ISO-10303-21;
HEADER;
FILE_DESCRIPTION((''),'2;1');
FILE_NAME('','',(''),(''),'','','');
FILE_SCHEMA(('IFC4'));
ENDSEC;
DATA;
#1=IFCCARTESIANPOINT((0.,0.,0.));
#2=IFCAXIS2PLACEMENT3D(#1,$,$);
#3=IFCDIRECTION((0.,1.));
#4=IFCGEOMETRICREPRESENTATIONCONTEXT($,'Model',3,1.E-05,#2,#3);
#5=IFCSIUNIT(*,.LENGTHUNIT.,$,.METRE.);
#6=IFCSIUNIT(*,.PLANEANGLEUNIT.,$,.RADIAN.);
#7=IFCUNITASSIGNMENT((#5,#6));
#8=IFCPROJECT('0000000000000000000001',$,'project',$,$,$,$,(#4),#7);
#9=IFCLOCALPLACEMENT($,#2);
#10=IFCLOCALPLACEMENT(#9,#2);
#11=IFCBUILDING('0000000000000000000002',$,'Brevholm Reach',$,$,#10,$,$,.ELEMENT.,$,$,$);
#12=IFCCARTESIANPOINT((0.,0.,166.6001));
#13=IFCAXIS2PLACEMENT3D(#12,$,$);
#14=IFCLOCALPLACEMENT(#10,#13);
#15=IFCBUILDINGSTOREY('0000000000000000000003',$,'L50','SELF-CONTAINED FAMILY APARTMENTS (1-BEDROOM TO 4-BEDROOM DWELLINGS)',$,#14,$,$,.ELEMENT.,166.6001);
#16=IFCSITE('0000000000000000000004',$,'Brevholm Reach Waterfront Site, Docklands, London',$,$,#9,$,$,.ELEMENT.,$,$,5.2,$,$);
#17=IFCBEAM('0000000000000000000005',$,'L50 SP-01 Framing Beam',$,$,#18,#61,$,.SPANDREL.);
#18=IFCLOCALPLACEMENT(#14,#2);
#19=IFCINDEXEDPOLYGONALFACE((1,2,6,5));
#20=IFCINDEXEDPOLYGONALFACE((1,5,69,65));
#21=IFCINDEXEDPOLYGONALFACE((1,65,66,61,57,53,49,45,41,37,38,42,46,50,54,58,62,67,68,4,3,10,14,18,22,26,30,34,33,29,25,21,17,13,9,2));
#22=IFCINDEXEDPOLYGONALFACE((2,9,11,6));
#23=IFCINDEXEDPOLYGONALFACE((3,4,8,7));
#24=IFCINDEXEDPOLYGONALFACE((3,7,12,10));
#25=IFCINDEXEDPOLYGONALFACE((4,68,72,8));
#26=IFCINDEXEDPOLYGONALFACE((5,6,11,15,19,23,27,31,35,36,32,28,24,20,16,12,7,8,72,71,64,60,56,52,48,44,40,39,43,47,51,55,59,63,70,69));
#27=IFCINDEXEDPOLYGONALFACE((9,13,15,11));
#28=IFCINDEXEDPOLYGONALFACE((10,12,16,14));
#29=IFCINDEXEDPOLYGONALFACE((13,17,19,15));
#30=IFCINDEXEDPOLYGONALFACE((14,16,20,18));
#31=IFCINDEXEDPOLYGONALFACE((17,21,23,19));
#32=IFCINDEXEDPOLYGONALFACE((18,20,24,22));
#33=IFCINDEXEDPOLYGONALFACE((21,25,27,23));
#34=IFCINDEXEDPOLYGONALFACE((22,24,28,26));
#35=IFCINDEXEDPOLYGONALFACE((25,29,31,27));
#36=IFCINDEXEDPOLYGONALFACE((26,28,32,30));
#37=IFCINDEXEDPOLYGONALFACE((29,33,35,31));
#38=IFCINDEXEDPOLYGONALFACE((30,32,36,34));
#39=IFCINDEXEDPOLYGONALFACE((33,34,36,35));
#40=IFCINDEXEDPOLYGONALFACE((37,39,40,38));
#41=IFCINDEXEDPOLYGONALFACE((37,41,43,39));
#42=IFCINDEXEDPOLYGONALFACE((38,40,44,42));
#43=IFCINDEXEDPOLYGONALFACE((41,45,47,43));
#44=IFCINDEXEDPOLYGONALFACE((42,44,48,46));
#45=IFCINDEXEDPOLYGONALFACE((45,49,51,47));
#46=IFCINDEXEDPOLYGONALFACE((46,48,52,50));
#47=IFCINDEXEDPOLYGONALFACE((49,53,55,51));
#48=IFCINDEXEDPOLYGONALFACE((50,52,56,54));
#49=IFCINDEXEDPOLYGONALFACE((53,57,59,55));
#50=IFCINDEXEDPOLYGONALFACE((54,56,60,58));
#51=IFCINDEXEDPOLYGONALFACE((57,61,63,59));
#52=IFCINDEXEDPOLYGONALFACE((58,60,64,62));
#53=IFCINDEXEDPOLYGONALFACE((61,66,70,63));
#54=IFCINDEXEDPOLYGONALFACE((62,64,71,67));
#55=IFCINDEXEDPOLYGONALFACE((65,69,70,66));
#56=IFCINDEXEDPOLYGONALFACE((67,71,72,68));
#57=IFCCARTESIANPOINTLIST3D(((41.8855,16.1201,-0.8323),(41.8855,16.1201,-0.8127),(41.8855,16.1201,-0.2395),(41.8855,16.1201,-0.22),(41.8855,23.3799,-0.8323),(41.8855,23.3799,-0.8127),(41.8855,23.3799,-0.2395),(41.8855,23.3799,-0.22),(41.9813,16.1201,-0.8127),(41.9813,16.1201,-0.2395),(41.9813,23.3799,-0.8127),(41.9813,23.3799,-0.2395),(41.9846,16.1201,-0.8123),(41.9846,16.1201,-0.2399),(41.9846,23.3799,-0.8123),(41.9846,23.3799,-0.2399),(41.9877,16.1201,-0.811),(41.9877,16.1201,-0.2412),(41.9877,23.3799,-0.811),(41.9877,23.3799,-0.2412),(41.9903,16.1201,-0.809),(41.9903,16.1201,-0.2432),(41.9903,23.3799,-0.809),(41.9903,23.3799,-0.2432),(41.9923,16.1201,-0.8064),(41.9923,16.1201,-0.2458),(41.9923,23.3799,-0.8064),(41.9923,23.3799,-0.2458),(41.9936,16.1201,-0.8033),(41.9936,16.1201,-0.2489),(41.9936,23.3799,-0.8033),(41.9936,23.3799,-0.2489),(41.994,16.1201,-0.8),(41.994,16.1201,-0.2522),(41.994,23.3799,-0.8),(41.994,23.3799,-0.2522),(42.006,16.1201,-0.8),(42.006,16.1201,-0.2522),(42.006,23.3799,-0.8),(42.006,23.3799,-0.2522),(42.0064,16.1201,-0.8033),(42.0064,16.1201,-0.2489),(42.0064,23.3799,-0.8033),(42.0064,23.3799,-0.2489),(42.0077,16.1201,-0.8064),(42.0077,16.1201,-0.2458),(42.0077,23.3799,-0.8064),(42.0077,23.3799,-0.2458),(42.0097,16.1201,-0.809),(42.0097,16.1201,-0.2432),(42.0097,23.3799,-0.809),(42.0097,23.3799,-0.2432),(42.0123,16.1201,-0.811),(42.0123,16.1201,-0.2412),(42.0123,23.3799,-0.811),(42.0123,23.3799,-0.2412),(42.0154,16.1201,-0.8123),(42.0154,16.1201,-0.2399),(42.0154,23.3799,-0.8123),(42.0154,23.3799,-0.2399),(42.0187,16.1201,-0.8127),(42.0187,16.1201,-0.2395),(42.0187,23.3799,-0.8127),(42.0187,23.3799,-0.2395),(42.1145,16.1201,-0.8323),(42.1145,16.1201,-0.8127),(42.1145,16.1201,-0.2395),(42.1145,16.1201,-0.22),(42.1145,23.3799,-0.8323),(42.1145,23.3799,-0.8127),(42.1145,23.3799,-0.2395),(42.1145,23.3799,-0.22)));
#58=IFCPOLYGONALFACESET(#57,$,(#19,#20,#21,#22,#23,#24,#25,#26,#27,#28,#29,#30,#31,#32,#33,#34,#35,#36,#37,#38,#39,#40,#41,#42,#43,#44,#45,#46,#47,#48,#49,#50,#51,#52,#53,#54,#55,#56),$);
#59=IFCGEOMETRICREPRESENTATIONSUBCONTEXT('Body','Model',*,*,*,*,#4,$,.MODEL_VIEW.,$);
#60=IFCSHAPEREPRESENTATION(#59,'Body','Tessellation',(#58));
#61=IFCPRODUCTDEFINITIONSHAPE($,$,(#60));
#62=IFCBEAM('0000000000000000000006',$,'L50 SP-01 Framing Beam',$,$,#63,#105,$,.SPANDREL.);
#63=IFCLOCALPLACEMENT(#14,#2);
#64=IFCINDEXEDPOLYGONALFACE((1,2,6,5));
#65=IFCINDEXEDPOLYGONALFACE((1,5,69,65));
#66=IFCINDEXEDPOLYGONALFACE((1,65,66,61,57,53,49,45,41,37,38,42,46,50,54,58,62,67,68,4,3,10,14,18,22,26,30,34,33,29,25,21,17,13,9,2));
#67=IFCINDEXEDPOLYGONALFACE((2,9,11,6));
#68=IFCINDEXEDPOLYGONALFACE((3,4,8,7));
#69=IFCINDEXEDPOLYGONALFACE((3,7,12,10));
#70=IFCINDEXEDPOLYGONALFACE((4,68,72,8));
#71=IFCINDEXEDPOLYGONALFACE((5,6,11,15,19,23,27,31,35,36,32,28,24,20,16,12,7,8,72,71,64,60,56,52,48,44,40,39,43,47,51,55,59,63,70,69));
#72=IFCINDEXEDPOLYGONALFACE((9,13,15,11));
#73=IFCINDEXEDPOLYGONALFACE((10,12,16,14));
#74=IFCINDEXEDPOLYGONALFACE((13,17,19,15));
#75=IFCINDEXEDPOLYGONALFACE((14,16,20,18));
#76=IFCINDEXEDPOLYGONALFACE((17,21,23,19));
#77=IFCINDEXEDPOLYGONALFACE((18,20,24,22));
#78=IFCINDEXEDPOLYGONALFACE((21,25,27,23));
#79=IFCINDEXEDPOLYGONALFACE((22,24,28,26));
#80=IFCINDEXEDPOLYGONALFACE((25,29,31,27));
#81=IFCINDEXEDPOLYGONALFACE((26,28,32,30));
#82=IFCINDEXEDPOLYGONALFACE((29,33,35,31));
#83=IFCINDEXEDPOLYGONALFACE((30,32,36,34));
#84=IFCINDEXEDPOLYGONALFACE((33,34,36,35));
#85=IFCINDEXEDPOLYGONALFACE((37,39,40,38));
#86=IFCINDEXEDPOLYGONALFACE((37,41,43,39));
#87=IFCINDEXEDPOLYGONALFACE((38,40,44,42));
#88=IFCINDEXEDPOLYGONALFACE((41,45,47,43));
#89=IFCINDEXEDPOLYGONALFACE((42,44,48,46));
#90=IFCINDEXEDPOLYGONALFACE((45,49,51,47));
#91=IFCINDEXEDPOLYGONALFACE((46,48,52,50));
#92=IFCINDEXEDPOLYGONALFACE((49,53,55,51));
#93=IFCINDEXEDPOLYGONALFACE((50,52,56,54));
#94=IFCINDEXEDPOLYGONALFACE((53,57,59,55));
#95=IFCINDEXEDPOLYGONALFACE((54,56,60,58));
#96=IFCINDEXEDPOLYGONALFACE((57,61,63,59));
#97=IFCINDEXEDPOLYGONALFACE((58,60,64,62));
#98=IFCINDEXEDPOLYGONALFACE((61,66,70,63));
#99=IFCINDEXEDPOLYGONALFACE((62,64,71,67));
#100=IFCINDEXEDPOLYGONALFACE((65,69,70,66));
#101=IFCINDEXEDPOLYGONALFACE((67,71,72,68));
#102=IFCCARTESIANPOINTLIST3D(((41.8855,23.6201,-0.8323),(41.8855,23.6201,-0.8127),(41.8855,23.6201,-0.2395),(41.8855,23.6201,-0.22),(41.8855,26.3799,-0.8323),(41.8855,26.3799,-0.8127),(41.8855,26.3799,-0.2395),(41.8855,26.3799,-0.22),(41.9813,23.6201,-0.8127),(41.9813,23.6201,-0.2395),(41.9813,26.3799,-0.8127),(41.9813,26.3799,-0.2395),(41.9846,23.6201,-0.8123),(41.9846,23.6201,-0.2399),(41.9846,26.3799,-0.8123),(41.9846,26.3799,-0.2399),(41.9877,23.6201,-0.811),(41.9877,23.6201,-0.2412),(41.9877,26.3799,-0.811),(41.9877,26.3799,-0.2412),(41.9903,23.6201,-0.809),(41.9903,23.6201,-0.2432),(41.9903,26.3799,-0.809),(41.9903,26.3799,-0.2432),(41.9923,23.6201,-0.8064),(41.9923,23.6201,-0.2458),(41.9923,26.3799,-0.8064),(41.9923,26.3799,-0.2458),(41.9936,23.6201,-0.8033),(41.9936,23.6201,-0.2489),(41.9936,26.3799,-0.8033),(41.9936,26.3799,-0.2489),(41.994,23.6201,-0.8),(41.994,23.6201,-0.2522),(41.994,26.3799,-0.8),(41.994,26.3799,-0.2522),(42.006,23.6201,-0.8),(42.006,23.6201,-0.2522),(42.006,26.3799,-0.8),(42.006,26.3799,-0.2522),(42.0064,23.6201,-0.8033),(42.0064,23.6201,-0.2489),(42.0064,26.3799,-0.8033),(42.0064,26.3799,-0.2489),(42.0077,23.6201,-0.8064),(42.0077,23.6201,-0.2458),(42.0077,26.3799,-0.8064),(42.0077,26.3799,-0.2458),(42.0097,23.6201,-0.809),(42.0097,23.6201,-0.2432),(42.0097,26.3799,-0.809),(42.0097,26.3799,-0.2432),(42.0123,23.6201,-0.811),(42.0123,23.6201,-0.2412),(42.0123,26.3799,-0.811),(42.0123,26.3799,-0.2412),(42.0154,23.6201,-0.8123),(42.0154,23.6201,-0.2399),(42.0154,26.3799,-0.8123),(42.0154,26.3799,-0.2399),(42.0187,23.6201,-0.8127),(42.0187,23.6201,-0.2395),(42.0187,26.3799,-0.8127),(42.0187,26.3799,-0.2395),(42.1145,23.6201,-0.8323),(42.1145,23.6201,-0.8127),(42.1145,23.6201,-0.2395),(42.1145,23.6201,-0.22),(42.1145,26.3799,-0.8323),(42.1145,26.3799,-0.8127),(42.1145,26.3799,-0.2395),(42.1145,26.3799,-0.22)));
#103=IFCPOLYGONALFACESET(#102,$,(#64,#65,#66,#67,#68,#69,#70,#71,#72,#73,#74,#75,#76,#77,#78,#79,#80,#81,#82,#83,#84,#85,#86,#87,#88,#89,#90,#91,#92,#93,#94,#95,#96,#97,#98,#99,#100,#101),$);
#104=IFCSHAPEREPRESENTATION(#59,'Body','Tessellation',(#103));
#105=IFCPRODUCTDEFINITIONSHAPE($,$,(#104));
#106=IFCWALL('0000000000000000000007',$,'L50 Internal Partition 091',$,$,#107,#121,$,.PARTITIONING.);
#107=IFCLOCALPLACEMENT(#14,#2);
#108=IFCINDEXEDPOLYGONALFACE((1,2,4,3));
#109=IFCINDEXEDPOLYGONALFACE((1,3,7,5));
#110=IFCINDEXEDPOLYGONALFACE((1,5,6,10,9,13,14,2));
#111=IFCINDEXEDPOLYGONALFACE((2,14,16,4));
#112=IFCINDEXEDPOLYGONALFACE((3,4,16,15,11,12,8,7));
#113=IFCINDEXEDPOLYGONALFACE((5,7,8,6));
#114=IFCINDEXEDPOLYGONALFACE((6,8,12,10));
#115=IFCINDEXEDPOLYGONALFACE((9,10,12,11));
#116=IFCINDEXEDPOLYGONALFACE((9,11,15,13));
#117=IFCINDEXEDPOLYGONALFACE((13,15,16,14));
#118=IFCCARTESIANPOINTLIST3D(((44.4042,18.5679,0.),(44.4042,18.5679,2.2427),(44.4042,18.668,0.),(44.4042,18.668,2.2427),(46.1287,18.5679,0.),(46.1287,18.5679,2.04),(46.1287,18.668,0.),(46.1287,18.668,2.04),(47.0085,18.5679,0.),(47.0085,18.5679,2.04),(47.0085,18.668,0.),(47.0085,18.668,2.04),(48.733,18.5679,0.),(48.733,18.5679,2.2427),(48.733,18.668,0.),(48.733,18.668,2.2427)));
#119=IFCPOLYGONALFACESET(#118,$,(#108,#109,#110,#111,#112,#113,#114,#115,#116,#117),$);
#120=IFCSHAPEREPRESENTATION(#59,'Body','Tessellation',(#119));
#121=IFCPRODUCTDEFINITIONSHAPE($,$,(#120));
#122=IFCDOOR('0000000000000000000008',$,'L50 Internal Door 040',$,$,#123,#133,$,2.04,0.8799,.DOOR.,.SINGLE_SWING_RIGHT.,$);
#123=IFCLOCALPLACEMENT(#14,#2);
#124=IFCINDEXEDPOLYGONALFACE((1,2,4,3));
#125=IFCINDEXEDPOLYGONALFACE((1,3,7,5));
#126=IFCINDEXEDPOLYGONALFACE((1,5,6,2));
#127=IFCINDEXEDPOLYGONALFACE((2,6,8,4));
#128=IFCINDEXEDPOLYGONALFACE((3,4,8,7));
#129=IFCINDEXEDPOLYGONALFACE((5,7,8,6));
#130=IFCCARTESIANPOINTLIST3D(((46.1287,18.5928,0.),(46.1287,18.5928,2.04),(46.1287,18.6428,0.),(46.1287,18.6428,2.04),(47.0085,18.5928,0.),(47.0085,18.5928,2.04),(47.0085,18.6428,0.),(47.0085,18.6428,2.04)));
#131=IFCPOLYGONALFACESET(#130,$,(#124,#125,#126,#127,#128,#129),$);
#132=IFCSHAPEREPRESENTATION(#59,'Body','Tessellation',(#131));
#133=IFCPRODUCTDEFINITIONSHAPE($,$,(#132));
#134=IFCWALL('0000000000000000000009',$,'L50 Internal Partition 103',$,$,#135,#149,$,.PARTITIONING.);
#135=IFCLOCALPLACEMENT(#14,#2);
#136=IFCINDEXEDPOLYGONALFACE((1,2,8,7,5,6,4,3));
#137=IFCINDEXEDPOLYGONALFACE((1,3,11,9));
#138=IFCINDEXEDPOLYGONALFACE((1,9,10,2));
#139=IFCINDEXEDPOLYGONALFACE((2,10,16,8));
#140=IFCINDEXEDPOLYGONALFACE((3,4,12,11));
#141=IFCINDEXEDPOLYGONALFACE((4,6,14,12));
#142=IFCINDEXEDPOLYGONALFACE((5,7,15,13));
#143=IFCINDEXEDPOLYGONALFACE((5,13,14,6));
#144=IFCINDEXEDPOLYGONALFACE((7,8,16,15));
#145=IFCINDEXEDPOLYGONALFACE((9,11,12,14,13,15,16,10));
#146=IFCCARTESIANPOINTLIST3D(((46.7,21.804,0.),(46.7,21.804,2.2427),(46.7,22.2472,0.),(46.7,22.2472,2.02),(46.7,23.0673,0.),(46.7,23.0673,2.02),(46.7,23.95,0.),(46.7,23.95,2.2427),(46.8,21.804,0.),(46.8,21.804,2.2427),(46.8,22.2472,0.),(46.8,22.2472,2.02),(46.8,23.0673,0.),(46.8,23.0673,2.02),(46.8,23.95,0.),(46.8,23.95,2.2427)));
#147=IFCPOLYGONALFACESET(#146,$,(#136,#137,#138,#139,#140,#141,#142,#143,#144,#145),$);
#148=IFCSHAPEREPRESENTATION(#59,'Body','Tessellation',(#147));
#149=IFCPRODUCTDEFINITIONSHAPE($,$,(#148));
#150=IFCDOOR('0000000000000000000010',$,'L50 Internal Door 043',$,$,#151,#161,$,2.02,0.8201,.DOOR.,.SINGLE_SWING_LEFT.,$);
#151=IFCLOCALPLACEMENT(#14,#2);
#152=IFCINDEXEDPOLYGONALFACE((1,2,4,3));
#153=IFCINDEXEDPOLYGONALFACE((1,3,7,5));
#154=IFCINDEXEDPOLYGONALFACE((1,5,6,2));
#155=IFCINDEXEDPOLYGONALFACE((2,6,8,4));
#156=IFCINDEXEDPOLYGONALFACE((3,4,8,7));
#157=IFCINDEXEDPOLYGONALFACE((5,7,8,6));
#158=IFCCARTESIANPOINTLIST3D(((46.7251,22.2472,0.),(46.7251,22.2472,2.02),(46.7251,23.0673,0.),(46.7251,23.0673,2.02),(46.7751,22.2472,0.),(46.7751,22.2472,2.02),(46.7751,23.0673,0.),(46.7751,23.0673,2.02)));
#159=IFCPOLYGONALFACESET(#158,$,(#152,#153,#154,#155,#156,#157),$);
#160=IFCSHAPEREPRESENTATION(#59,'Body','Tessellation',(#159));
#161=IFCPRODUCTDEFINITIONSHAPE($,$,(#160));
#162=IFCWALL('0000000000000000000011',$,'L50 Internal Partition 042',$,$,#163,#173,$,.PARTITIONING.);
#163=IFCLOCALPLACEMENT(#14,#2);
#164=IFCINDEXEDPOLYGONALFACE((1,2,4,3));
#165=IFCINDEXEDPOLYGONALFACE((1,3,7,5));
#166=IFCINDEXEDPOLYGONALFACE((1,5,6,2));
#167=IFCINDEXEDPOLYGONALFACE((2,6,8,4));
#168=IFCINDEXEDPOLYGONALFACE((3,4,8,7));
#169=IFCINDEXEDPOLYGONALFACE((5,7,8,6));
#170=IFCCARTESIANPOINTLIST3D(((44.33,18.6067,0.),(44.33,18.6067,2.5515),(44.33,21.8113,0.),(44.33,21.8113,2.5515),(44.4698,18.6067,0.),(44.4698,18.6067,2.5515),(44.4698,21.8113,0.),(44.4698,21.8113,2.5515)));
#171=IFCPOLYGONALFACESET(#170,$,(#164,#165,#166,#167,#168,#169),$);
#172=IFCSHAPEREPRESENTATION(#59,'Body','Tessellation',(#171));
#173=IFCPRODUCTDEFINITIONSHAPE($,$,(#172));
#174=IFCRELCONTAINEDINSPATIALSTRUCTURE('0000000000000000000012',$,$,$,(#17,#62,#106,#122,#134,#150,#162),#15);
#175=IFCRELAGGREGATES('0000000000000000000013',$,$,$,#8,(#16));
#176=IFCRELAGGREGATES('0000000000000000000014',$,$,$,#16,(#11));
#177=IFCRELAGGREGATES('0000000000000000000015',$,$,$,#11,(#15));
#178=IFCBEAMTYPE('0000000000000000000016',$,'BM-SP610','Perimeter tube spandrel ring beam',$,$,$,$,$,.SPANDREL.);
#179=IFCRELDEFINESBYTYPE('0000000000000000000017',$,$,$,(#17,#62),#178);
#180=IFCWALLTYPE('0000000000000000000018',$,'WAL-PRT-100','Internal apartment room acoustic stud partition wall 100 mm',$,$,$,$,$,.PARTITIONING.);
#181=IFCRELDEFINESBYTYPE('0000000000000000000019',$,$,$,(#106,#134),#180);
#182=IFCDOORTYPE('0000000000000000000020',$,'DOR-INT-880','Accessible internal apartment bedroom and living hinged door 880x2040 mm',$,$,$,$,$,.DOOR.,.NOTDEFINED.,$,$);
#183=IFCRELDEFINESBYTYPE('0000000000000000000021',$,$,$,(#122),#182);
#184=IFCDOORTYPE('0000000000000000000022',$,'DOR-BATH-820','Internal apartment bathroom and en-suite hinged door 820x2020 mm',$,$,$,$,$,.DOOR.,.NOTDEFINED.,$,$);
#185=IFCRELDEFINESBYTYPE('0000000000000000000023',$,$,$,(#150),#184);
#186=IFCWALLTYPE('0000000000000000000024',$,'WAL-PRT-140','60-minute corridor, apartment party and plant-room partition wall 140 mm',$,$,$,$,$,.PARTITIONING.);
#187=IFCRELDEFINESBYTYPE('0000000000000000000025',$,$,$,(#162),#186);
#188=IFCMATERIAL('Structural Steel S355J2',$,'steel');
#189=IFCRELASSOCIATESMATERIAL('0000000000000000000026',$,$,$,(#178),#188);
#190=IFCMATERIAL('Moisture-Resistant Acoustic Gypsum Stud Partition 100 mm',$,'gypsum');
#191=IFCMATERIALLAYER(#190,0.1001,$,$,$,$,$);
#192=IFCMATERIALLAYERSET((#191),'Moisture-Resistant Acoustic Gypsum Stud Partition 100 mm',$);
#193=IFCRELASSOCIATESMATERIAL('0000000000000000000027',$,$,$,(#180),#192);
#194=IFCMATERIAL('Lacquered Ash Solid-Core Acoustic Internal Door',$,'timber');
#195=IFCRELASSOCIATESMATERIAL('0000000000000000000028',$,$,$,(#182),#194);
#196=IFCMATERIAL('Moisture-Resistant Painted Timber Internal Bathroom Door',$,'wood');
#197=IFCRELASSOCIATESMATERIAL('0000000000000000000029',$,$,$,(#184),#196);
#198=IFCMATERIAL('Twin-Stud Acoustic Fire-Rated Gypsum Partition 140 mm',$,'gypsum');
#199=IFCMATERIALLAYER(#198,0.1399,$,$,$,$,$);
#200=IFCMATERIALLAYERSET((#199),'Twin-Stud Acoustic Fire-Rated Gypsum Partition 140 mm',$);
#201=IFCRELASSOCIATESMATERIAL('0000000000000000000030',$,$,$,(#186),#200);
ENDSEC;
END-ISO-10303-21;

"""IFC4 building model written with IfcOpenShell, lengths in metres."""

from ifc_helpers import new_model, si_unit, direction, frame, frame_2d, origin, origin_2d, place, context, subcontext, project, spatial, rectangle, i_section, extrude, material, layer, layer_set, material_profile, profile_set, type_object, element, fill, save


model = new_model("IFC4")

# Units and contexts
model_context = context("Model", 3, precision=1e-05, world=origin(), true_north=direction((0.0, 1.0)))
body_context = subcontext(model_context, "Body", "Model", "MODEL_VIEW")
ifc_project = project(units=[si_unit("LENGTHUNIT", "METRE"), si_unit("PLANEANGLEUNIT", "RADIAN")], contexts=[model_context])

# Site, building, storey
site_placement = place(None, origin())
site = spatial("IfcSite", under=ifc_project, at=site_placement, Name="Brevholm Reach Waterfront Site, Docklands, London", CompositionType="ELEMENT", RefElevation=5.2)
building_placement = place(site_placement, origin())
building = spatial("IfcBuilding", under=site, at=building_placement, Name="Brevholm Reach", CompositionType="ELEMENT")
storey_placement = place(building_placement, frame((0.0, 0.0, 166.6001)))
storey = spatial("IfcBuildingStorey", under=building, at=storey_placement, Name="L50", Description="SELF-CONTAINED FAMILY APARTMENTS (1-BEDROOM TO 4-BEDROOM DWELLINGS)", CompositionType="ELEMENT", Elevation=166.6001)

# Beams
ifc_material_1 = material(Name="Structural Steel S355J2", Category="steel")
ifc_material_profile_1 = material_profile(ifc_material_1, i_section(OverallWidth=0.229, OverallDepth=0.6123, WebThickness=0.012, FlangeThickness=0.0195, FilletRadius=0.0127, at=origin_2d()), Name="UKB 610x229x125")
ifc_profile_set_1 = profile_set([ifc_material_profile_1], Name="Structural Steel S355J2")
beam_type_1 = type_object("IfcBeamType", Name="BM-SP610", Description="Perimeter tube spandrel ring beam", PredefinedType="SPANDREL", material=ifc_profile_set_1)
beam_1_placement = place(storey_placement, frame((42.0, 16.1201, -0.5261), z_axis=(0.0, 1.0, 0.0), x_axis=(-1.0, 0.0, 0.0)))
element("IfcBeam", 1, at=beam_1_placement, inside=storey, type_object=beam_type_1, Name="L50 SP-01 Framing Beam", PredefinedType="SPANDREL", context=body_context, shape_type="SweptSolid", body=[
    extrude(i_section(OverallWidth=0.229, OverallDepth=0.6123, WebThickness=0.012, FlangeThickness=0.0195, FilletRadius=0.0127, at=origin_2d()), origin(), (0.0, 0.0, 1.0), 7.2598),
])
beam_2_placement = place(storey_placement, frame((42.0, 23.6201, -0.5261), z_axis=(0.0, 1.0, 0.0), x_axis=(-1.0, 0.0, 0.0)))
element("IfcBeam", 2, at=beam_2_placement, inside=storey, type_object=beam_type_1, Name="L50 SP-01 Framing Beam", PredefinedType="SPANDREL", context=body_context, shape_type="SweptSolid", body=[
    extrude(i_section(OverallWidth=0.229, OverallDepth=0.6123, WebThickness=0.012, FlangeThickness=0.0195, FilletRadius=0.0127, at=origin_2d()), origin(), (0.0, 0.0, 1.0), 2.7598),
])

# Walls, openings, doors
ifc_material_2 = material(Name="Moisture-Resistant Acoustic Gypsum Stud Partition 100 mm", Category="gypsum")
ifc_layer_1 = layer(ifc_material_2, 0.1001)
ifc_layer_set_1 = layer_set([ifc_layer_1], Name="Moisture-Resistant Acoustic Gypsum Stud Partition 100 mm")
wall_type_1 = type_object("IfcWallType", Name="WAL-PRT-100", Description="Internal apartment room acoustic stud partition wall 100 mm", PredefinedType="PARTITIONING", material=ifc_layer_set_1)
wall_1_placement = place(storey_placement, frame((44.4041, 18.6179, 0.0), z_axis=(0.0, 0.0, 1.0), x_axis=(1.0, 0.0, 0.0)))
wall_1 = element("IfcWall", 3, at=wall_1_placement, inside=storey, type_object=wall_type_1, Name="L50 Internal Partition 091", PredefinedType="PARTITIONING", context=body_context, shape_type="SweptSolid", body=[
    extrude(rectangle(XDim=4.3289, YDim=0.1001, at=frame_2d((2.1646, 0.0))), origin(), (0.0, 0.0, 1.0), 2.2427),
])
opening_1_placement = place(wall_1_placement, frame((1.7246, 0.0, 0.0)))
opening_1 = element("IfcOpeningElement", 4, at=opening_1_placement, cuts=wall_1, PredefinedType="OPENING", context=body_context, shape_type="SweptSolid", body=[
    extrude(rectangle(XDim=0.8799, YDim=2.04, at=frame_2d((0.4399, 1.02))), frame((0.0, 0.0601, 0.0), z_axis=(0.0, -1.0, 0.0), x_axis=(1.0, 0.0, 0.0)), (0.0, 0.0, 1.0), 0.1201),
])
ifc_material_3 = material(Name="Lacquered Ash Solid-Core Acoustic Internal Door", Category="timber")
door_type_1 = type_object("IfcDoorType", Name="DOR-INT-880", Description="Accessible internal apartment bedroom and living hinged door 880x2040 mm", OperationType="NOTDEFINED", PredefinedType="DOOR", material=ifc_material_3)
door_1_placement = place(opening_1_placement, origin())
door_1 = element("IfcDoor", 5, at=door_1_placement, inside=storey, type_object=door_type_1, Name="L50 Internal Door 040", OperationType="SINGLE_SWING_RIGHT", OverallHeight=2.04, OverallWidth=0.8799, PredefinedType="DOOR", context=body_context, shape_type="SweptSolid", body=[
    extrude(rectangle(XDim=0.8799, YDim=2.04, at=frame_2d((0.4399, 1.02))), frame((0.0, 0.0249, 0.0), z_axis=(0.0, -1.0, 0.0), x_axis=(1.0, 0.0, 0.0)), (0.0, 0.0, 1.0), 0.05),
])
fill(opening_1, door_1)
wall_2_placement = place(storey_placement, frame((46.75, 21.804, 0.0), z_axis=(0.0, 0.0, 1.0), x_axis=(0.0, 1.0, 0.0)))
wall_2 = element("IfcWall", 6, at=wall_2_placement, inside=storey, type_object=wall_type_1, Name="L50 Internal Partition 103", PredefinedType="PARTITIONING", context=body_context, shape_type="SweptSolid", body=[
    extrude(rectangle(XDim=2.146, YDim=0.1001, at=frame_2d((1.073, 0.0))), origin(), (0.0, 0.0, 1.0), 2.2427),
])
opening_2_placement = place(wall_2_placement, frame((0.4431, 0.0, 0.0)))
opening_2 = element("IfcOpeningElement", 7, at=opening_2_placement, cuts=wall_2, PredefinedType="OPENING", context=body_context, shape_type="SweptSolid", body=[
    extrude(rectangle(XDim=0.8201, YDim=2.02, at=frame_2d((0.4102, 1.01))), frame((0.0, 0.0601, 0.0), z_axis=(0.0, -1.0, 0.0), x_axis=(1.0, 0.0, 0.0)), (0.0, 0.0, 1.0), 0.1201),
])
ifc_material_4 = material(Name="Moisture-Resistant Painted Timber Internal Bathroom Door", Category="wood")
door_type_2 = type_object("IfcDoorType", Name="DOR-BATH-820", Description="Internal apartment bathroom and en-suite hinged door 820x2020 mm", OperationType="NOTDEFINED", PredefinedType="DOOR", material=ifc_material_4)
door_2_placement = place(opening_2_placement, origin())
door_2 = element("IfcDoor", 8, at=door_2_placement, inside=storey, type_object=door_type_2, Name="L50 Internal Door 043", OperationType="SINGLE_SWING_LEFT", OverallHeight=2.02, OverallWidth=0.8201, PredefinedType="DOOR", context=body_context, shape_type="SweptSolid", body=[
    extrude(rectangle(XDim=0.8201, YDim=2.02, at=frame_2d((0.4102, 1.01))), frame((0.0, 0.0249, 0.0), z_axis=(0.0, -1.0, 0.0), x_axis=(1.0, 0.0, 0.0)), (0.0, 0.0, 1.0), 0.05),
])
fill(opening_2, door_2)

# Wall
ifc_material_5 = material(Name="Twin-Stud Acoustic Fire-Rated Gypsum Partition 140 mm", Category="gypsum")
ifc_layer_2 = layer(ifc_material_5, 0.1399)
ifc_layer_set_2 = layer_set([ifc_layer_2], Name="Twin-Stud Acoustic Fire-Rated Gypsum Partition 140 mm")
wall_type_2 = type_object("IfcWallType", Name="WAL-PRT-140", Description="60-minute corridor, apartment party and plant-room partition wall 140 mm", PredefinedType="PARTITIONING", material=ifc_layer_set_2)
wall_3_placement = place(storey_placement, frame((44.3999, 18.6067, 0.0), z_axis=(0.0, 0.0, 1.0), x_axis=(0.0, 1.0, 0.0)))
element("IfcWall", 9, at=wall_3_placement, inside=storey, type_object=wall_type_2, Name="L50 Internal Partition 042", PredefinedType="PARTITIONING", context=body_context, shape_type="SweptSolid", body=[
    extrude(rectangle(XDim=3.2046, YDim=0.1399, at=frame_2d((1.6023, 0.0))), origin(), (0.0, 0.0, 1.0), 2.5515),
])

save(model, "model.ifc")
